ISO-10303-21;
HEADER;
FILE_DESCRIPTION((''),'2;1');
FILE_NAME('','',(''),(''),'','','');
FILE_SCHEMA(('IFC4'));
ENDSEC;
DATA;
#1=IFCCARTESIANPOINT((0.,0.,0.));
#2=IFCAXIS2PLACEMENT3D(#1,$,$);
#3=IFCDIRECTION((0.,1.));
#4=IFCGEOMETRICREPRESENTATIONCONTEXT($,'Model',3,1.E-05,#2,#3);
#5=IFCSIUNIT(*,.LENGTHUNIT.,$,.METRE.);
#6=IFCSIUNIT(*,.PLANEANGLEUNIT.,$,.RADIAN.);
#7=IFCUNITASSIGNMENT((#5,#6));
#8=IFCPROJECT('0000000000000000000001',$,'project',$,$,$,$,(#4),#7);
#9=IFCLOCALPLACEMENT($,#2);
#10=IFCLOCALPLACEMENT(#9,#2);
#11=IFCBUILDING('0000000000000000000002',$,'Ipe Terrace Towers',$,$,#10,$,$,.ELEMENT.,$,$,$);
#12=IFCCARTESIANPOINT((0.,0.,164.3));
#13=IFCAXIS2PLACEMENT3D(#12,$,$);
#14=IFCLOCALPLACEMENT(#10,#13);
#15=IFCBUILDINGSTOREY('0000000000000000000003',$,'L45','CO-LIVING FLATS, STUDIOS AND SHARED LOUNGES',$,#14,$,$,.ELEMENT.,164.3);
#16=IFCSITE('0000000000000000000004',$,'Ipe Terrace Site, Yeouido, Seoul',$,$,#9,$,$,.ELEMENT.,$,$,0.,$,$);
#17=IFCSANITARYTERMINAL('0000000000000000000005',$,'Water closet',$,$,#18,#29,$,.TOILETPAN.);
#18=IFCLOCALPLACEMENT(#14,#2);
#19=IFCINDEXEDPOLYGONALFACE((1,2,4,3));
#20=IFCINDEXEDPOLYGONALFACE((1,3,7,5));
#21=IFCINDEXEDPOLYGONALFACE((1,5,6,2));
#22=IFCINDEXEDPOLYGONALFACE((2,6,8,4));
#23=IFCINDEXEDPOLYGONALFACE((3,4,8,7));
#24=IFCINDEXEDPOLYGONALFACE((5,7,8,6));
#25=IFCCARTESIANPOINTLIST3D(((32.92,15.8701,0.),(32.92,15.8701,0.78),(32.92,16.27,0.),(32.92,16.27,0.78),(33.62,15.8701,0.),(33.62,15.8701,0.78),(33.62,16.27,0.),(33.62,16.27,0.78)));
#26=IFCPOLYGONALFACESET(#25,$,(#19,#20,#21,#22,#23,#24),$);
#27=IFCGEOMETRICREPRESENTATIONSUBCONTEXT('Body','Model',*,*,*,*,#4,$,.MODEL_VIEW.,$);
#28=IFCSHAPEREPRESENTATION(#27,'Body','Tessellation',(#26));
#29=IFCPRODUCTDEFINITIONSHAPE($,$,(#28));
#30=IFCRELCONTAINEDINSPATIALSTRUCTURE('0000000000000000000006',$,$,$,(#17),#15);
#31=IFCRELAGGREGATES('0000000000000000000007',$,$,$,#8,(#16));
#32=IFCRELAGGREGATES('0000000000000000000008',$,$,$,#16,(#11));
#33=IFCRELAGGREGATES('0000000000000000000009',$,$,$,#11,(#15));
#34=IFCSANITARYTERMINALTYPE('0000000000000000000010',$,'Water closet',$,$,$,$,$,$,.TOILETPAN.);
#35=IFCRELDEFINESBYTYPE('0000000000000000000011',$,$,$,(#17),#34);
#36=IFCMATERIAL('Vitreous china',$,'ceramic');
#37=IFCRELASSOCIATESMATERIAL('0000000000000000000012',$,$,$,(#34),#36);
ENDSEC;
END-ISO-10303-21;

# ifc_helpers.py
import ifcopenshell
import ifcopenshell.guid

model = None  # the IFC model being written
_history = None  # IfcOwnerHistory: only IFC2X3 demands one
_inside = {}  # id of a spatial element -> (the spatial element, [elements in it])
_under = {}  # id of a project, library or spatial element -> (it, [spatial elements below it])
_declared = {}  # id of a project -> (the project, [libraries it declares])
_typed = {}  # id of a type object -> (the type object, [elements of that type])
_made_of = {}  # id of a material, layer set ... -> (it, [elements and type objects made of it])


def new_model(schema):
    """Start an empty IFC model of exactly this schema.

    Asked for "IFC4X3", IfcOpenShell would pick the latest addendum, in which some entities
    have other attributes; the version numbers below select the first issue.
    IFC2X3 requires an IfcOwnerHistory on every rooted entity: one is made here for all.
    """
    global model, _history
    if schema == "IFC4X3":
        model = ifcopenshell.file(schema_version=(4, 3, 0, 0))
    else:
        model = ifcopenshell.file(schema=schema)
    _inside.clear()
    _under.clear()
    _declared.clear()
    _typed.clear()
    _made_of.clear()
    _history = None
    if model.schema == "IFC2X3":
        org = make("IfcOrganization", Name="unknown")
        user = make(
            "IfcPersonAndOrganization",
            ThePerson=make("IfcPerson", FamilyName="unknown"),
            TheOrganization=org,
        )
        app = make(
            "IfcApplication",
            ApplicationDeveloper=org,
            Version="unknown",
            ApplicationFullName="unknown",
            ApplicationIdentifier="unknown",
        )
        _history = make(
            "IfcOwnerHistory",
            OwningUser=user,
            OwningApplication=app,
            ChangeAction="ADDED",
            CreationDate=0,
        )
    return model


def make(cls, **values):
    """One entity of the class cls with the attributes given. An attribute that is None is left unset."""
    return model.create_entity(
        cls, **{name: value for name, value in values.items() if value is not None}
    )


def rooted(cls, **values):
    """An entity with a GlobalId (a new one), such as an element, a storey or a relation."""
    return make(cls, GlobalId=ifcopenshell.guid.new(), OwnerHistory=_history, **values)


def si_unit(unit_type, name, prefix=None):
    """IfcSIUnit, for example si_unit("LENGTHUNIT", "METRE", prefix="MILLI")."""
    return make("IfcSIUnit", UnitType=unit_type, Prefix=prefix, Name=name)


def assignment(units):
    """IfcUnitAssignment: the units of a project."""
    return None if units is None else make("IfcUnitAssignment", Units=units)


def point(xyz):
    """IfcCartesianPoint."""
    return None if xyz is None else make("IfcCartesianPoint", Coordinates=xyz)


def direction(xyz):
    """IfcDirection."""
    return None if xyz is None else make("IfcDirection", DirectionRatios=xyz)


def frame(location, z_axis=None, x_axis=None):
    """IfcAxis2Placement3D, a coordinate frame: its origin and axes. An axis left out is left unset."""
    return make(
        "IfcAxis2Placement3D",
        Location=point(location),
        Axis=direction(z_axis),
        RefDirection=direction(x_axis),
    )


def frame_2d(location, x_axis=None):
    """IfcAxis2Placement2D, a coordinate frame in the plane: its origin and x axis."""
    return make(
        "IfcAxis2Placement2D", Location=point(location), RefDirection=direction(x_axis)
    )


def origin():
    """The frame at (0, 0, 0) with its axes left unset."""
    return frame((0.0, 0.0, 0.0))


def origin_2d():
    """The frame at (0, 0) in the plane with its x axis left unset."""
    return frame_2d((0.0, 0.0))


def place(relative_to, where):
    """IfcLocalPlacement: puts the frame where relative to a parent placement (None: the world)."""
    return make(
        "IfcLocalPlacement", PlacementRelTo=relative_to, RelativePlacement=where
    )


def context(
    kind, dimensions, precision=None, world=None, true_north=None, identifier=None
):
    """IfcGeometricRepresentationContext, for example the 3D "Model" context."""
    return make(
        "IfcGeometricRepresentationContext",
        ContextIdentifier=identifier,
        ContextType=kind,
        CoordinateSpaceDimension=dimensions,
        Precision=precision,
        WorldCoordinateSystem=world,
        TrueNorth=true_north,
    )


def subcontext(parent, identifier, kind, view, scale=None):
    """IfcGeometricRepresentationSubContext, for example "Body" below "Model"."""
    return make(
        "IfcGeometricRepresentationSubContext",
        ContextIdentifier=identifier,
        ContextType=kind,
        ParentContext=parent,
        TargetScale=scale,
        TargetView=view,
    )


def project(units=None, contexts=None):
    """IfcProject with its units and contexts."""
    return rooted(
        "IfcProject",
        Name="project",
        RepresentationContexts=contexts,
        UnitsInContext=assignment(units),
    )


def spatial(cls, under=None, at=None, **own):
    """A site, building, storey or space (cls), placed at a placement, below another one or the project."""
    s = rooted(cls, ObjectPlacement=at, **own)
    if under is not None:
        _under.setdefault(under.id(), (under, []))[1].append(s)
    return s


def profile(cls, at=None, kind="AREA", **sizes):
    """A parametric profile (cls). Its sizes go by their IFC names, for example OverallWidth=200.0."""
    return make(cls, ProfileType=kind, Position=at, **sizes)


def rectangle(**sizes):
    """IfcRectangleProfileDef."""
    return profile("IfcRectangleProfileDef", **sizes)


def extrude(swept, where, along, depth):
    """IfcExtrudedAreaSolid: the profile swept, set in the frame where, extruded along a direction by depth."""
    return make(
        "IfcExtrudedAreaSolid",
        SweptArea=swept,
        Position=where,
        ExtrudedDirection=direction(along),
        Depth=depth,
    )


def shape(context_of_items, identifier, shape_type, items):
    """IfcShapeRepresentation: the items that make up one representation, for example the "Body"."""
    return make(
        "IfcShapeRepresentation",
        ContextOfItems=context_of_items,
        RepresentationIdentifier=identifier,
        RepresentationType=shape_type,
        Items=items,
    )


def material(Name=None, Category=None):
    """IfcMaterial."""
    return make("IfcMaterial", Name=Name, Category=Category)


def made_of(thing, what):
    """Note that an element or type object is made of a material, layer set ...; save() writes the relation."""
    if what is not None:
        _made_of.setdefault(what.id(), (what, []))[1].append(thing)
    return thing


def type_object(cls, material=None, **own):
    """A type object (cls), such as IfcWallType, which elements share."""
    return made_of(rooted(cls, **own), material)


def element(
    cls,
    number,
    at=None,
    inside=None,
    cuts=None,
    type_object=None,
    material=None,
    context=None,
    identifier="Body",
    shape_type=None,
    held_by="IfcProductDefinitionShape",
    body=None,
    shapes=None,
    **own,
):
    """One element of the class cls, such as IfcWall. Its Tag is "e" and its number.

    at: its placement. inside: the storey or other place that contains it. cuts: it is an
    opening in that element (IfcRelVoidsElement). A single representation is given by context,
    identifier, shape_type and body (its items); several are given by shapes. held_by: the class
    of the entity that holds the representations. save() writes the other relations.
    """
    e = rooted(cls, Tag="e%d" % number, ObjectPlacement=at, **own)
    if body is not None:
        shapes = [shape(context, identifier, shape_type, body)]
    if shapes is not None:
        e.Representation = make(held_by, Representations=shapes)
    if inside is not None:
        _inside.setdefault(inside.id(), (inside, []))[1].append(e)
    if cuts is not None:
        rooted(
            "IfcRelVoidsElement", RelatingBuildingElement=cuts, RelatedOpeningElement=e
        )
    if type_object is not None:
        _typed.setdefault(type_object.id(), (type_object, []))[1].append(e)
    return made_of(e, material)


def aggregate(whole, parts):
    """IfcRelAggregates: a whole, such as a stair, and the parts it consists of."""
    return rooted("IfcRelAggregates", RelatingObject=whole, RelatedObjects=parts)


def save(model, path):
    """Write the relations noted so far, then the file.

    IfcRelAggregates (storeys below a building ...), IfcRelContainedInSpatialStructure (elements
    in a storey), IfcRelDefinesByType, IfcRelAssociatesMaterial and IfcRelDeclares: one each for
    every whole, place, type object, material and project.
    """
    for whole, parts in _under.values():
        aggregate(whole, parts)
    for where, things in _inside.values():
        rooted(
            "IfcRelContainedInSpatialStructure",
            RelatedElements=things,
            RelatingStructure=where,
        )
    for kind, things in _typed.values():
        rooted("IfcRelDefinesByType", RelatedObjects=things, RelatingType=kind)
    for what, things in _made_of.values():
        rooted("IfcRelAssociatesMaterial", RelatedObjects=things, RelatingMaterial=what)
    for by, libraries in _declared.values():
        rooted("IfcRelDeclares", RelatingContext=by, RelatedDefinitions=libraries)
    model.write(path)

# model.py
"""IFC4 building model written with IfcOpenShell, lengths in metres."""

from ifc_helpers import new_model, si_unit, direction, frame, origin, origin_2d, place, context, subcontext, project, spatial, rectangle, extrude, material, type_object, element, save


model = new_model("IFC4")

# Units and contexts
model_context = context("Model", 3, precision=1e-05, world=origin(), true_north=direction((0.0, 1.0)))
body_context = subcontext(model_context, "Body", "Model", "MODEL_VIEW")
ifc_project = project(units=[si_unit("LENGTHUNIT", "METRE"), si_unit("PLANEANGLEUNIT", "RADIAN")], contexts=[model_context])

# Site, building, storey
site_placement = place(None, origin())
site = spatial("IfcSite", under=ifc_project, at=site_placement, Name="Ipe Terrace Site, Yeouido, Seoul", CompositionType="ELEMENT", RefElevation=0.0)
building_placement = place(site_placement, origin())
building = spatial("IfcBuilding", under=site, at=building_placement, Name="Ipe Terrace Towers", CompositionType="ELEMENT")
storey_placement = place(building_placement, frame((0.0, 0.0, 164.3)))
storey = spatial("IfcBuildingStorey", under=building, at=storey_placement, Name="L45", Description="CO-LIVING FLATS, STUDIOS AND SHARED LOUNGES", CompositionType="ELEMENT", Elevation=164.3)

# Sanitary terminal
ifc_material_1 = material(Name="Vitreous china", Category="ceramic")
sanitary_terminal_type_1 = type_object("IfcSanitaryTerminalType", Name="Water closet", PredefinedType="TOILETPAN", material=ifc_material_1)
sanitary_terminal_1_placement = place(storey_placement, frame((33.27, 16.0701, 0.0), z_axis=(0.0, 0.0, 1.0), x_axis=(1.0, 0.0, 0.0)))
element("IfcSanitaryTerminal", 1, at=sanitary_terminal_1_placement, inside=storey, type_object=sanitary_terminal_type_1, Name="Water closet", PredefinedType="TOILETPAN", context=body_context, shape_type="SweptSolid", body=[
    extrude(rectangle(XDim=0.7, YDim=0.3999, at=origin_2d()), origin(), (0.0, 0.0, 1.0), 0.78),
])

save(model, "model.ifc")
